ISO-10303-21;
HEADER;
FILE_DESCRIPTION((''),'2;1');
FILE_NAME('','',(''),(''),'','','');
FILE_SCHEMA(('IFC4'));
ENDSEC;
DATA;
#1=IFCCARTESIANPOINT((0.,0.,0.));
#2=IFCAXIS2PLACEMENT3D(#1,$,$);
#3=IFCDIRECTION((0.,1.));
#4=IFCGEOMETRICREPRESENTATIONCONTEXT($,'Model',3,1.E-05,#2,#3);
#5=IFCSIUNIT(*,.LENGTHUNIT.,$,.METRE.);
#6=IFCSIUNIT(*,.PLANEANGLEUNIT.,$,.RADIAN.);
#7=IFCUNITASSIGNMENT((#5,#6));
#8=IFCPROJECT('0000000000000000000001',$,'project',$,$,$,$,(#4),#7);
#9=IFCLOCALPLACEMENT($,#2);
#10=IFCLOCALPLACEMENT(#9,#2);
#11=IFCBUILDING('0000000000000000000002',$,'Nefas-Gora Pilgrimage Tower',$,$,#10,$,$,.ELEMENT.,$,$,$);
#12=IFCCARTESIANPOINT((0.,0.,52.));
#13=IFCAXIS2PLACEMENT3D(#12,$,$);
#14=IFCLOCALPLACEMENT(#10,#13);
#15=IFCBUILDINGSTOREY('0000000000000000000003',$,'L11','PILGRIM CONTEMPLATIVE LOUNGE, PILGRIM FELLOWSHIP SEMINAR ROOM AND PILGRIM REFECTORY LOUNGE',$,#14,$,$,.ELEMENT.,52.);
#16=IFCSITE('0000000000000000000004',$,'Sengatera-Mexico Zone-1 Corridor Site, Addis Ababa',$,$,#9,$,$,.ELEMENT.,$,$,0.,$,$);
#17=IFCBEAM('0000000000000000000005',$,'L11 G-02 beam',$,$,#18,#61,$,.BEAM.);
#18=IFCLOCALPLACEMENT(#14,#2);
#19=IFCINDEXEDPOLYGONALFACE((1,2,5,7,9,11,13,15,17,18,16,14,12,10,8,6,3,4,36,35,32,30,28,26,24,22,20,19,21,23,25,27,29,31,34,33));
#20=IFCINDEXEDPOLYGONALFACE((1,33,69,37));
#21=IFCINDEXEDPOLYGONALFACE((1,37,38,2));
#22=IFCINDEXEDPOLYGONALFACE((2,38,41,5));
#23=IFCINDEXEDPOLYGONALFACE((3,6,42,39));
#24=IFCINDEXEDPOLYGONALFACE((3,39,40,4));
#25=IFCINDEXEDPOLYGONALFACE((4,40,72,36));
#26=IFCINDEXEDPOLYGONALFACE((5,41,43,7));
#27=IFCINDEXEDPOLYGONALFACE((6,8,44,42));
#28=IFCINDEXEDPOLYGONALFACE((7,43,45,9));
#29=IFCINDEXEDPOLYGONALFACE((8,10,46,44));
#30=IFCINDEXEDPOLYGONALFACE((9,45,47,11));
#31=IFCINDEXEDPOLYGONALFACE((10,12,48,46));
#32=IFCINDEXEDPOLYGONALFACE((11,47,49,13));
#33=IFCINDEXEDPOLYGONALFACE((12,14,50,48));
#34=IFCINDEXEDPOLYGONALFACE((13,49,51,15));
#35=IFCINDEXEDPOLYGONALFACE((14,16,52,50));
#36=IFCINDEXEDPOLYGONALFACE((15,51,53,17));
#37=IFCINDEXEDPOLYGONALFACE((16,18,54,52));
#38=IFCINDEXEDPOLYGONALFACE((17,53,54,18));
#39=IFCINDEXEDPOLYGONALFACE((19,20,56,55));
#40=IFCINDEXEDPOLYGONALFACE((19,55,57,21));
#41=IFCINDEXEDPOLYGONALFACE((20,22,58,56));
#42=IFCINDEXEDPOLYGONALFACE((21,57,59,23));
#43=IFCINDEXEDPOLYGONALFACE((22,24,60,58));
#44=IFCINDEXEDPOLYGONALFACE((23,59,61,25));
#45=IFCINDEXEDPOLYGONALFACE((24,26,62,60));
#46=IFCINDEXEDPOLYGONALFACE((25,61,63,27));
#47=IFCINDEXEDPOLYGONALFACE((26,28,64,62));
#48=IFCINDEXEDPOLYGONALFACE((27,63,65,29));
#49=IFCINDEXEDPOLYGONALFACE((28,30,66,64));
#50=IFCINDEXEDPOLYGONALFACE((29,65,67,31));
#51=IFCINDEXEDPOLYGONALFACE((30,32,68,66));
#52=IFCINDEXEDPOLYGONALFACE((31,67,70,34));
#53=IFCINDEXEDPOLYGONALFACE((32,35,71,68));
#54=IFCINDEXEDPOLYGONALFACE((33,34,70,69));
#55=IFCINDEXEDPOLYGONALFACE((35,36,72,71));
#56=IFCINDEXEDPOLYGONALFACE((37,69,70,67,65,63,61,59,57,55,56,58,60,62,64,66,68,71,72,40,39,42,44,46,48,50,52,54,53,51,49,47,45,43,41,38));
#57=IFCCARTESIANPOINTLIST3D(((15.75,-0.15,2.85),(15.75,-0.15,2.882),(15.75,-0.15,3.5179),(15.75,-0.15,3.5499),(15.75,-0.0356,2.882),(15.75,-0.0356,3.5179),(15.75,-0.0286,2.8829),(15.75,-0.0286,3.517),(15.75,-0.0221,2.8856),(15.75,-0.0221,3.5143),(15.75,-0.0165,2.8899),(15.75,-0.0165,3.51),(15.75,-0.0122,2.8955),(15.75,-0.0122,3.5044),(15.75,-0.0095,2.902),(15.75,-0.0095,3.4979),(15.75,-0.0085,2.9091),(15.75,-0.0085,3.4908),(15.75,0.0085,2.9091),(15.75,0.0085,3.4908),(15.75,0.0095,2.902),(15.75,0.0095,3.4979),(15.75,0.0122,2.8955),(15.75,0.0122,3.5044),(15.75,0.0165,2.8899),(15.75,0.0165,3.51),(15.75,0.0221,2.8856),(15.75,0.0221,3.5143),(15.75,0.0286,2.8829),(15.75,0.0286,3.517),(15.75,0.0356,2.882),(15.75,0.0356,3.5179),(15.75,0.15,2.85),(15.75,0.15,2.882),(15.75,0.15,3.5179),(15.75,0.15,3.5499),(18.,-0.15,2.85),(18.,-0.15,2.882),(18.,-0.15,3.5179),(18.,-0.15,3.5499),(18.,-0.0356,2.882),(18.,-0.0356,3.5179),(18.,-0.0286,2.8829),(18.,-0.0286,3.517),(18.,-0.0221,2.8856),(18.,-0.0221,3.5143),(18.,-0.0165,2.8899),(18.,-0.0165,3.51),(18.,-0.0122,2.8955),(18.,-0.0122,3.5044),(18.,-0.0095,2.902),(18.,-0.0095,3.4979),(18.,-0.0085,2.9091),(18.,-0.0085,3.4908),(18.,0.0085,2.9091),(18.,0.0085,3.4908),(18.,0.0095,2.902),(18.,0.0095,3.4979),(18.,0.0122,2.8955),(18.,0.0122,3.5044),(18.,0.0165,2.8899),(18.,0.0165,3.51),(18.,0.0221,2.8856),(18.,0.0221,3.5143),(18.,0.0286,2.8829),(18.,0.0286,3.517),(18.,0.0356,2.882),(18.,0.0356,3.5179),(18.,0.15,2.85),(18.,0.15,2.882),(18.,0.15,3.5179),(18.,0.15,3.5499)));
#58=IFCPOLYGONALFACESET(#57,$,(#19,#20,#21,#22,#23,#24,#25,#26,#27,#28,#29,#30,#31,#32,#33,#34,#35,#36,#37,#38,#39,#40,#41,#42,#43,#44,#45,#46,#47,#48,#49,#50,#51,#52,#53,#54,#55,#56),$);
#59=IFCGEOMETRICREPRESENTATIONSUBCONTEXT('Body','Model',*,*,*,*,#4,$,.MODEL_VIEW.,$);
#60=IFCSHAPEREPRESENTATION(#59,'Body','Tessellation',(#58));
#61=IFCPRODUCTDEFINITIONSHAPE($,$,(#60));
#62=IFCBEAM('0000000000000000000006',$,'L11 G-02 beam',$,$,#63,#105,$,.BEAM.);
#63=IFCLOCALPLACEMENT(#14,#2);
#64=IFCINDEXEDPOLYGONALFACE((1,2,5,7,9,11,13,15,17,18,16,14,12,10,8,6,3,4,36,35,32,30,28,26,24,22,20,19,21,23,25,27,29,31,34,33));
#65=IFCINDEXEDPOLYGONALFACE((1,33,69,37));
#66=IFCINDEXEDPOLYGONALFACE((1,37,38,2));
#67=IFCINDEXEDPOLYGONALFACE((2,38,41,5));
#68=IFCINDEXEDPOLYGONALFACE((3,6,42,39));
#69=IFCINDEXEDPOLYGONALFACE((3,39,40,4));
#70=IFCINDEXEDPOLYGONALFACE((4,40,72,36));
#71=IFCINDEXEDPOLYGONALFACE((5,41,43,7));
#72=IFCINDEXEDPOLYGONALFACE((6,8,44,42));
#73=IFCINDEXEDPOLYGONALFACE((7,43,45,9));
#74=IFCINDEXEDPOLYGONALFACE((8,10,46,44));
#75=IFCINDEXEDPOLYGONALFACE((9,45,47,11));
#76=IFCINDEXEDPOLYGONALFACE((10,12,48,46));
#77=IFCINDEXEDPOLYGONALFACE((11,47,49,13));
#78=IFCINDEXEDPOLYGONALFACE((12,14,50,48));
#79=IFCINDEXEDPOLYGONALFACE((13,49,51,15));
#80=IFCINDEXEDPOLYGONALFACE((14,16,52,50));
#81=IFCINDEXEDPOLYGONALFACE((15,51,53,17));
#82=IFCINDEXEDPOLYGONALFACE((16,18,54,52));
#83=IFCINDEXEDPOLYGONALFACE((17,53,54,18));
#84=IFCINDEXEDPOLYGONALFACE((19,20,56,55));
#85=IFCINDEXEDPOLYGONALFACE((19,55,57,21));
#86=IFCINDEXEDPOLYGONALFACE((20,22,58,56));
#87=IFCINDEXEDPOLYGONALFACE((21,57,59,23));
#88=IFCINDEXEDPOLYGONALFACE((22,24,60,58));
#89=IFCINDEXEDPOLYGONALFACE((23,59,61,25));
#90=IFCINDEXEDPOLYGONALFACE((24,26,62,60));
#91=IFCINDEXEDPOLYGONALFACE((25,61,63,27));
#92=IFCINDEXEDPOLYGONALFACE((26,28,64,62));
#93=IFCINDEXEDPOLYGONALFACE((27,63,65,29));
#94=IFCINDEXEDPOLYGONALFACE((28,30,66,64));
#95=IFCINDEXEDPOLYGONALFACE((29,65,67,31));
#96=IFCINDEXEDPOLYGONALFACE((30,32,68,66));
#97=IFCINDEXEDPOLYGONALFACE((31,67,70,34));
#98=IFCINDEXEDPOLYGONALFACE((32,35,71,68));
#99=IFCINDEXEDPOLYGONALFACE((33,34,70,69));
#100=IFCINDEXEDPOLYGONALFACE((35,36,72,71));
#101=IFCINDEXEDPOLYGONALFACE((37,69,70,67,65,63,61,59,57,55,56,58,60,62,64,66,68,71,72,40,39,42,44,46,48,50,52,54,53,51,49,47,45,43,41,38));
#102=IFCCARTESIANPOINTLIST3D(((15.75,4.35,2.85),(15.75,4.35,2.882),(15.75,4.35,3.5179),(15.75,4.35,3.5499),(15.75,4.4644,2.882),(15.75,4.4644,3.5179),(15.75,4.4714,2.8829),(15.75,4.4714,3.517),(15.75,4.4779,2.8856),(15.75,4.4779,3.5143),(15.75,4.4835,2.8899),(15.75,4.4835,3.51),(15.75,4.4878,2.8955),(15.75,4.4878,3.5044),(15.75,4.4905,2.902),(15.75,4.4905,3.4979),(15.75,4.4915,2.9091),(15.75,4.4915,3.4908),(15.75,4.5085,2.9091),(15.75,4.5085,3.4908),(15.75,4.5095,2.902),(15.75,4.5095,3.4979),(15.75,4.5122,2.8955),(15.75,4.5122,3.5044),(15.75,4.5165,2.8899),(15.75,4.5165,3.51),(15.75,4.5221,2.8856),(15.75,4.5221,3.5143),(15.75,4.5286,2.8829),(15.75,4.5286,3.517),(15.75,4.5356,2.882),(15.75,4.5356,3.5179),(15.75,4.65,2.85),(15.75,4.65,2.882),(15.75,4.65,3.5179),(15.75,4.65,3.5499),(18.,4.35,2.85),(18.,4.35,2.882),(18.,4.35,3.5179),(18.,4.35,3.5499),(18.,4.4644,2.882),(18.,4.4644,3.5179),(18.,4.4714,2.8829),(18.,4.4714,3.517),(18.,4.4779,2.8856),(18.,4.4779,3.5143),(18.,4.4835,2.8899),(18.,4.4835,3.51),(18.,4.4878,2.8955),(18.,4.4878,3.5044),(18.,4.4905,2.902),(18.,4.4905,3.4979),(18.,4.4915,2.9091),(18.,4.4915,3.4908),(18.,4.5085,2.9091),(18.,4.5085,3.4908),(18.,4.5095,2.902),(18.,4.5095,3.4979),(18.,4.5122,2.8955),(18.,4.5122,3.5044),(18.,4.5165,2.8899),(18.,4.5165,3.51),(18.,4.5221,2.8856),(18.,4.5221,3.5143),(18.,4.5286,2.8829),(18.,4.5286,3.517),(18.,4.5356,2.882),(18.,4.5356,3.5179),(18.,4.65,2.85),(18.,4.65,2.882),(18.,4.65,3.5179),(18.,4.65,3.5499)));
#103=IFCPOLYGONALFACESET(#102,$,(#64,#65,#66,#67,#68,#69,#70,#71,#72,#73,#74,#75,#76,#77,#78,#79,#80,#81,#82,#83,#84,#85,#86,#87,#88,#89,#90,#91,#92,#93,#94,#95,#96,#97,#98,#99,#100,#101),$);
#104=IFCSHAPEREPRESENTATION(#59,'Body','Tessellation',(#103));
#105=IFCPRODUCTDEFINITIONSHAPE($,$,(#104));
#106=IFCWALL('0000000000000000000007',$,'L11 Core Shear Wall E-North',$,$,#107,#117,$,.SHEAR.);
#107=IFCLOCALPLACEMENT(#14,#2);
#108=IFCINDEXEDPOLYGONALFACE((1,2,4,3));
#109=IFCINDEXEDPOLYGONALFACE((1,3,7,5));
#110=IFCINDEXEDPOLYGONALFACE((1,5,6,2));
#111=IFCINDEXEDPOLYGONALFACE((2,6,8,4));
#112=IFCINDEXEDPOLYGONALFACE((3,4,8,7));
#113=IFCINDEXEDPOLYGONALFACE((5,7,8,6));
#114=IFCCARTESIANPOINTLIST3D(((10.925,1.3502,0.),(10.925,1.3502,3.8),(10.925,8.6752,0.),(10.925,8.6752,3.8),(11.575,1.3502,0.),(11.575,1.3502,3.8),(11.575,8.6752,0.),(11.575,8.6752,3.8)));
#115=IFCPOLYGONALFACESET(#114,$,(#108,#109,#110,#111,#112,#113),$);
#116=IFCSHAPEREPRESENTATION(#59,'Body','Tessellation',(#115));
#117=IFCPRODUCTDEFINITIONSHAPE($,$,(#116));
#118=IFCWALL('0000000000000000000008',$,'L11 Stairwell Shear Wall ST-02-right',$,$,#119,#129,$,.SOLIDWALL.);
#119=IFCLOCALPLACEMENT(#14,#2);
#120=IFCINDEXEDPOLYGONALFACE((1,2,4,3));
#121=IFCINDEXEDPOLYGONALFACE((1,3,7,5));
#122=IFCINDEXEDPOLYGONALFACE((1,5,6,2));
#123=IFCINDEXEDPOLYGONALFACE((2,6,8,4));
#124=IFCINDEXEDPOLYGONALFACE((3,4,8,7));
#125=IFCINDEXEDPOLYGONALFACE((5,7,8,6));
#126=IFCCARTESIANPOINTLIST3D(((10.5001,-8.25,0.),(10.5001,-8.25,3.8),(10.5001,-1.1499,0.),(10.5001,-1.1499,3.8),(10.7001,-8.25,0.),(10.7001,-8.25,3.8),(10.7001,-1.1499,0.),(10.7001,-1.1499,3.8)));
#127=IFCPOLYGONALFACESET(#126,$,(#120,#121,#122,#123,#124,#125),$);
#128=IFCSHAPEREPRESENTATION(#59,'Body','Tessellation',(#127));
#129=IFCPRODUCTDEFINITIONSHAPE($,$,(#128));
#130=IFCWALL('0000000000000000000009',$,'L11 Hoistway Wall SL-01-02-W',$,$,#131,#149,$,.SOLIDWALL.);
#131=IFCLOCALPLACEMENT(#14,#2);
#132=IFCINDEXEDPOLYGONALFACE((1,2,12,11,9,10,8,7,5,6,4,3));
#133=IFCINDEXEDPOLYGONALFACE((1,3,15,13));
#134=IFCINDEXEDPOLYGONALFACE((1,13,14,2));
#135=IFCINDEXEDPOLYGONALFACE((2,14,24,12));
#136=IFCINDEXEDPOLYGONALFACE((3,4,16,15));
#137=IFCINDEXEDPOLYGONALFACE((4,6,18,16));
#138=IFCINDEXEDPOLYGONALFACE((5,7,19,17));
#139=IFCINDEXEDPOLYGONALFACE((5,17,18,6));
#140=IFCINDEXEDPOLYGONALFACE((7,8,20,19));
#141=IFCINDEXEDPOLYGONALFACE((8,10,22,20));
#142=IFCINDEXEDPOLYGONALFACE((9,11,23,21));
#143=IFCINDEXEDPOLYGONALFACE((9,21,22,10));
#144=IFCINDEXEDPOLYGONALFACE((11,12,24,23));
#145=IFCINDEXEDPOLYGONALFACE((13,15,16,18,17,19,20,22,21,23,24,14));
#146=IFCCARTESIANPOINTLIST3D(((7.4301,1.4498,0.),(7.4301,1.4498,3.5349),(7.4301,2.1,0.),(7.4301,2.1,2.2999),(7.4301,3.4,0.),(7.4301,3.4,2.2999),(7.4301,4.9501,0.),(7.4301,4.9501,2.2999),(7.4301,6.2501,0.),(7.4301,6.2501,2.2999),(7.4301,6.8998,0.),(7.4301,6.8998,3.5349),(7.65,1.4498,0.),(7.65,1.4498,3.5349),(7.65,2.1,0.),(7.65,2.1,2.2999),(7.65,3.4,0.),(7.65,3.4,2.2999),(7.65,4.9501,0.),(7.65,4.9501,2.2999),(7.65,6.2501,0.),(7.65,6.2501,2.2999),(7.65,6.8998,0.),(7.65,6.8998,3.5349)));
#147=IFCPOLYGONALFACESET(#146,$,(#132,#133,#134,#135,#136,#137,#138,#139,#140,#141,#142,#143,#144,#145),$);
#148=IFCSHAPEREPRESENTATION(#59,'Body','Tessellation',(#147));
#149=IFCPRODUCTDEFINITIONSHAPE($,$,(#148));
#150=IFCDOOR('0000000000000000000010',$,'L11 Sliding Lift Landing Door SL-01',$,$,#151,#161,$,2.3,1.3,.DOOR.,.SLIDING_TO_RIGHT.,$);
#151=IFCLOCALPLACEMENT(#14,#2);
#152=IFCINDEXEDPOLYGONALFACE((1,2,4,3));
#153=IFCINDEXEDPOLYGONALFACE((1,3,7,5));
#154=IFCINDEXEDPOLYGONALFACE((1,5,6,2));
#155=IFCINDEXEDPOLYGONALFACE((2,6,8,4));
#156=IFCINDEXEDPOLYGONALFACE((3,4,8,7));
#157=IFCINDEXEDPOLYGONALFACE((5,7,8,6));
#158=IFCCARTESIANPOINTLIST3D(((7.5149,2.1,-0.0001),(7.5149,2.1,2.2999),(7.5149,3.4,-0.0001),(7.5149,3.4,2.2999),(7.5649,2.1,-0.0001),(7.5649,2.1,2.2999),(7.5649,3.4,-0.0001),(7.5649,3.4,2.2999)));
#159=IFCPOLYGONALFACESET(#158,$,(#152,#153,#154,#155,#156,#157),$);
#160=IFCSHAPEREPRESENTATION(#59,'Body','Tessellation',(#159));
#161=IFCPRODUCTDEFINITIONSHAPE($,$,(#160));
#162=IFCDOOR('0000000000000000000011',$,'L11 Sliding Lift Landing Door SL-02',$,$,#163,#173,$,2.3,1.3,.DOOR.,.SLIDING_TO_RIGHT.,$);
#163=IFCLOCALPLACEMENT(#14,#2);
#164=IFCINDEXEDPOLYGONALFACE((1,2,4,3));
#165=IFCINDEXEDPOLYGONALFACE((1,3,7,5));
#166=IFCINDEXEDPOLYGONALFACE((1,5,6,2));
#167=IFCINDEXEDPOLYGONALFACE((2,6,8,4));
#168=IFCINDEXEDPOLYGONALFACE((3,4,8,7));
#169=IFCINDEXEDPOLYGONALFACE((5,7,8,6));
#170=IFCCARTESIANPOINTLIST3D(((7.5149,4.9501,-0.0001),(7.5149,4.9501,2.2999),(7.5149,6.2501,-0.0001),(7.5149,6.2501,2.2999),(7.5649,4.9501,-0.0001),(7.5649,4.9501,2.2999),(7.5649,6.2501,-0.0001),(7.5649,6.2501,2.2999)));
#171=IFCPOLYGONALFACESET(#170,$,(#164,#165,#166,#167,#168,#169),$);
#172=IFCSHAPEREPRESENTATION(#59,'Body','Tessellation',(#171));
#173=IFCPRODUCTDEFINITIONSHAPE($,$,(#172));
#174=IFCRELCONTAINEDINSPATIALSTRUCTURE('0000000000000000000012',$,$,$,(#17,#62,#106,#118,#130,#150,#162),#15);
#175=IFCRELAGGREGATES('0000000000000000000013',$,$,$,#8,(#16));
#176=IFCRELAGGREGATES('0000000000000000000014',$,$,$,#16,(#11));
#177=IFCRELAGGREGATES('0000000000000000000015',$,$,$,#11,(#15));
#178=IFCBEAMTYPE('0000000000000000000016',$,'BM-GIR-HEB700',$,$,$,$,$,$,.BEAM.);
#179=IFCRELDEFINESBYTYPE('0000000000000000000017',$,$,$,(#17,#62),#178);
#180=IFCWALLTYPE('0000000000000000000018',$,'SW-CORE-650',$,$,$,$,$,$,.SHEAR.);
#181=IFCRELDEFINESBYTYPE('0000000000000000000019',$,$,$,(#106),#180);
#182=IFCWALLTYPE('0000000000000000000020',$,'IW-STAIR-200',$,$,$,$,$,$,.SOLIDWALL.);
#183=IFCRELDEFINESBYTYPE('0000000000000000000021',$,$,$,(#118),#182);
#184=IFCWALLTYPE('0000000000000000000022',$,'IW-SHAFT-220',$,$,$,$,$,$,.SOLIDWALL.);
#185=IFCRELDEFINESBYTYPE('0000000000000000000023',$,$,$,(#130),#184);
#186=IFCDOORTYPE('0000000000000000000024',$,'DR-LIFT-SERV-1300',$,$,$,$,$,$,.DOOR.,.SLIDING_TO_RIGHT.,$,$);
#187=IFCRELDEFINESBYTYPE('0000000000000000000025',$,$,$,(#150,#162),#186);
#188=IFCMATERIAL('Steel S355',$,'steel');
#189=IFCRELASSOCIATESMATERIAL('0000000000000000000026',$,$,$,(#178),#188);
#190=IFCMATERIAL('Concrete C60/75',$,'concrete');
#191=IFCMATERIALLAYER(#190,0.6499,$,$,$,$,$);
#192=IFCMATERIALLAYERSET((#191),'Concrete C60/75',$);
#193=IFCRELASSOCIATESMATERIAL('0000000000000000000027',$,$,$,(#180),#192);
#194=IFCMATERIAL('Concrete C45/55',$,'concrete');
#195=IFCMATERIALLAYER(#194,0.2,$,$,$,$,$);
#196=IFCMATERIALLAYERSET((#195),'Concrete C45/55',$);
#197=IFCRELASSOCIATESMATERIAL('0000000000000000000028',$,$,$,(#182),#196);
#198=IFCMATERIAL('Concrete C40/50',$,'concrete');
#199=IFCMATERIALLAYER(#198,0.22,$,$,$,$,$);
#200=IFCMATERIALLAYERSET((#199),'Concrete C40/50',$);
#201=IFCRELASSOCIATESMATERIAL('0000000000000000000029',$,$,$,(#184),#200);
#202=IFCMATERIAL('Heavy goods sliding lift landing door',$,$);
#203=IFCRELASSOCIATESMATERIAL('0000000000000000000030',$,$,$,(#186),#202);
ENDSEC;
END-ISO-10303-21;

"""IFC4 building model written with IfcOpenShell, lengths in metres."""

from ifc_helpers import new_model, si_unit, direction, frame, frame_2d, origin, origin_2d, place, context, subcontext, project, spatial, rectangle, i_section, extrude, source, transform, mapped, material, layer, layer_set, material_profile, profile_set, type_object, element, fill, save


model = new_model("IFC4")

# Units and contexts
model_context = context("Model", 3, precision=1e-05, world=origin(), true_north=direction((0.0, 1.0)))
body_context = subcontext(model_context, "Body", "Model", "MODEL_VIEW")
ifc_project = project(units=[si_unit("LENGTHUNIT", "METRE"), si_unit("PLANEANGLEUNIT", "RADIAN")], contexts=[model_context])

# Site, building, storey
site_placement = place(None, origin())
site = spatial("IfcSite", under=ifc_project, at=site_placement, Name="Sengatera-Mexico Zone-1 Corridor Site, Addis Ababa", CompositionType="ELEMENT", RefElevation=0.0)
building_placement = place(site_placement, origin())
building = spatial("IfcBuilding", under=site, at=building_placement, Name="Nefas-Gora Pilgrimage Tower", CompositionType="ELEMENT")
storey_placement = place(building_placement, frame((0.0, 0.0, 52.0)))
storey = spatial("IfcBuildingStorey", under=building, at=storey_placement, Name="L11", Description="PILGRIM CONTEMPLATIVE LOUNGE, PILGRIM FELLOWSHIP SEMINAR ROOM AND PILGRIM REFECTORY LOUNGE", CompositionType="ELEMENT", Elevation=52.0)

# Beams
ifc_material_1 = material(Name="Steel S355", Category="steel")
ifc_material_profile_1 = material_profile(ifc_material_1, i_section(OverallWidth=0.3, OverallDepth=0.7, WebThickness=0.0171, FlangeThickness=0.032, FilletRadius=0.0271, at=origin_2d()), Name="HEB 700")
ifc_profile_set_1 = profile_set([ifc_material_profile_1], Name="Steel S355")
beam_type = type_object("IfcBeamType", Name="BM-GIR-HEB700", PredefinedType="BEAM", material=ifc_profile_set_1)
shared_shape_1 = source(origin(), body_context, "Body", "SweptSolid", [
    extrude(i_section(OverallWidth=0.3, OverallDepth=0.7, WebThickness=0.0171, FlangeThickness=0.032, FilletRadius=0.0271, at=origin_2d()), origin(), (0.0, 0.0, 1.0), 2.25),
])
for number, where, z_axis, x_axis, name in (
    (1, (15.75, 0.0, 3.2), (1.0, 0.0, 0.0), (0.0, 1.0, 0.0), "L11 G-02 beam"),
    (2, (15.75, 4.5, 3.2), (1.0, 0.0, 0.0), (0.0, 1.0, 0.0), "L11 G-02 beam"),
):
    element("IfcBeam", number, at=place(storey_placement, frame(where, z_axis=z_axis, x_axis=x_axis)), inside=storey, type_object=beam_type, Name=name, PredefinedType="BEAM", context=body_context, shape_type="MappedRepresentation", body=[
        mapped(shared_shape_1, transform((0.0, 0.0, 0.0), x_axis=(1.0, 0.0, 0.0), y_axis=(0.0, 1.0, 0.0), z_axis=(0.0, 0.0, 1.0), scale=1.0)),
    ])

# Walls
ifc_material_2 = material(Name="Concrete C60/75", Category="concrete")
ifc_layer_1 = layer(ifc_material_2, 0.6499)
ifc_layer_set_1 = layer_set([ifc_layer_1], Name="Concrete C60/75")
wall_type_1 = type_object("IfcWallType", Name="SW-CORE-650", PredefinedType="SHEAR", material=ifc_layer_set_1)
shared_shape_2 = source(origin(), body_context, "Body", "SweptSolid", [
    extrude(rectangle(XDim=7.325, YDim=0.6499, at=frame_2d((3.6626, 0.0))), origin(), (0.0, 0.0, 1.0), 3.8),
])
wall_1_placement = place(storey_placement, frame((11.25, 1.3501, 0.0), z_axis=(0.0, 0.0, 1.0), x_axis=(0.0, 1.0, 0.0)))
element("IfcWall", 3, at=wall_1_placement, inside=storey, type_object=wall_type_1, Name="L11 Core Shear Wall E-North", PredefinedType="SHEAR", context=body_context, shape_type="MappedRepresentation", body=[
    mapped(shared_shape_2, transform((0.0, 0.0, 0.0), x_axis=(1.0, 0.0, 0.0), y_axis=(0.0, 1.0, 0.0), z_axis=(0.0, 0.0, 1.0), scale=1.0)),
])
ifc_material_3 = material(Name="Concrete C45/55", Category="concrete")
ifc_layer_2 = layer(ifc_material_3, 0.2)
ifc_layer_set_2 = layer_set([ifc_layer_2], Name="Concrete C45/55")
wall_type_2 = type_object("IfcWallType", Name="IW-STAIR-200", PredefinedType="SOLIDWALL", material=ifc_layer_set_2)
shared_shape_3 = source(origin(), body_context, "Body", "SweptSolid", [
    extrude(rectangle(XDim=7.1001, YDim=0.2, at=frame_2d((3.55, 0.0))), origin(), (0.0, 0.0, 1.0), 3.8),
])
wall_2_placement = place(storey_placement, frame((10.6001, -1.1499, 0.0), z_axis=(0.0, 0.0, 1.0), x_axis=(0.0, -1.0, 0.0)))
element("IfcWall", 4, at=wall_2_placement, inside=storey, type_object=wall_type_2, Name="L11 Stairwell Shear Wall ST-02-right", PredefinedType="SOLIDWALL", context=body_context, shape_type="MappedRepresentation", body=[
    mapped(shared_shape_3, transform((0.0, 0.0, 0.0), x_axis=(1.0, 0.0, 0.0), y_axis=(0.0, 1.0, 0.0), z_axis=(0.0, 0.0, 1.0), scale=1.0)),
])

# Wall, openings, doors
ifc_material_4 = material(Name="Concrete C40/50", Category="concrete")
ifc_layer_3 = layer(ifc_material_4, 0.22)
ifc_layer_set_3 = layer_set([ifc_layer_3], Name="Concrete C40/50")
wall_type_3 = type_object("IfcWallType", Name="IW-SHAFT-220", PredefinedType="SOLIDWALL", material=ifc_layer_set_3)
shared_shape_4 = source(origin(), body_context, "Body", "SweptSolid", [
    extrude(rectangle(XDim=5.45, YDim=0.22, at=frame_2d((2.7251, 0.0))), origin(), (0.0, 0.0, 1.0), 3.5349),
])
wall_3_placement = place(storey_placement, frame((7.54, 6.8999, 0.0), z_axis=(0.0, 0.0, 1.0), x_axis=(0.0, -1.0, 0.0)))
wall_3 = element("IfcWall", 5, at=wall_3_placement, inside=storey, type_object=wall_type_3, Name="L11 Hoistway Wall SL-01-02-W", PredefinedType="SOLIDWALL", context=body_context, shape_type="MappedRepresentation", body=[
    mapped(shared_shape_4, transform((0.0, 0.0, 0.0), x_axis=(1.0, 0.0, 0.0), y_axis=(0.0, 1.0, 0.0), z_axis=(0.0, 0.0, 1.0), scale=1.0)),
])
opening_1_placement = place(wall_3_placement, frame((3.5, 0.0, 0.0)))
opening_1 = element("IfcOpeningElement", 6, at=opening_1_placement, cuts=wall_3, PredefinedType="OPENING", context=body_context, shape_type="SweptSolid", body=[
    extrude(rectangle(XDim=1.3, YDim=2.3, at=frame_2d((0.6499, 1.1499))), frame((0.0, 0.1199, 0.0), z_axis=(0.0, -1.0, 0.0), x_axis=(1.0, 0.0, 0.0)), (0.0, 0.0, 1.0), 0.24),
])
opening_2_placement = place(wall_3_placement, frame((0.6499, 0.0, 0.0)))
opening_2 = element("IfcOpeningElement", 7, at=opening_2_placement, cuts=wall_3, PredefinedType="OPENING", context=body_context, shape_type="SweptSolid", body=[
    extrude(rectangle(XDim=1.3, YDim=2.3, at=frame_2d((0.6499, 1.1499))), frame((0.0, 0.1199, 0.0), z_axis=(0.0, -1.0, 0.0), x_axis=(1.0, 0.0, 0.0)), (0.0, 0.0, 1.0), 0.24),
])
ifc_material_5 = material(Name="Heavy goods sliding lift landing door")
door_type_1 = type_object("IfcDoorType", Name="DR-LIFT-SERV-1300", OperationType="SLIDING_TO_RIGHT", PredefinedType="DOOR", material=ifc_material_5)
shared_shape_5 = source(origin(), body_context, "Body", "SweptSolid", [
    extrude(rectangle(XDim=1.3, YDim=2.3, at=frame_2d((0.6499, 1.1499))), frame((0.0, 0.0249, 0.0), z_axis=(0.0, -1.0, 0.0), x_axis=(1.0, 0.0, 0.0)), (0.0, 0.0, 1.0), 0.05),
])
door_1_placement = place(opening_1_placement, origin())
door_1 = element("IfcDoor", 8, at=door_1_placement, inside=storey, type_object=door_type_1, Name="L11 Sliding Lift Landing Door SL-01", OperationType="SLIDING_TO_RIGHT", OverallHeight=2.3, OverallWidth=1.3, PredefinedType="DOOR", context=body_context, shape_type="MappedRepresentation", body=[
    mapped(shared_shape_5, transform((0.0, 0.0, 0.0), x_axis=(1.0, 0.0, 0.0), y_axis=(0.0, 1.0, 0.0), z_axis=(0.0, 0.0, 1.0), scale=1.0)),
])
fill(opening_1, door_1)
door_2_placement = place(opening_2_placement, origin())
door_2 = element("IfcDoor", 9, at=door_2_placement, inside=storey, type_object=door_type_1, Name="L11 Sliding Lift Landing Door SL-02", OperationType="SLIDING_TO_RIGHT", OverallHeight=2.3, OverallWidth=1.3, PredefinedType="DOOR", context=body_context, shape_type="MappedRepresentation", body=[
    mapped(shared_shape_5, transform((0.0, 0.0, 0.0), x_axis=(1.0, 0.0, 0.0), y_axis=(0.0, 1.0, 0.0), z_axis=(0.0, 0.0, 1.0), scale=1.0)),
])
fill(opening_2, door_2)

save(model, "model.ifc")
